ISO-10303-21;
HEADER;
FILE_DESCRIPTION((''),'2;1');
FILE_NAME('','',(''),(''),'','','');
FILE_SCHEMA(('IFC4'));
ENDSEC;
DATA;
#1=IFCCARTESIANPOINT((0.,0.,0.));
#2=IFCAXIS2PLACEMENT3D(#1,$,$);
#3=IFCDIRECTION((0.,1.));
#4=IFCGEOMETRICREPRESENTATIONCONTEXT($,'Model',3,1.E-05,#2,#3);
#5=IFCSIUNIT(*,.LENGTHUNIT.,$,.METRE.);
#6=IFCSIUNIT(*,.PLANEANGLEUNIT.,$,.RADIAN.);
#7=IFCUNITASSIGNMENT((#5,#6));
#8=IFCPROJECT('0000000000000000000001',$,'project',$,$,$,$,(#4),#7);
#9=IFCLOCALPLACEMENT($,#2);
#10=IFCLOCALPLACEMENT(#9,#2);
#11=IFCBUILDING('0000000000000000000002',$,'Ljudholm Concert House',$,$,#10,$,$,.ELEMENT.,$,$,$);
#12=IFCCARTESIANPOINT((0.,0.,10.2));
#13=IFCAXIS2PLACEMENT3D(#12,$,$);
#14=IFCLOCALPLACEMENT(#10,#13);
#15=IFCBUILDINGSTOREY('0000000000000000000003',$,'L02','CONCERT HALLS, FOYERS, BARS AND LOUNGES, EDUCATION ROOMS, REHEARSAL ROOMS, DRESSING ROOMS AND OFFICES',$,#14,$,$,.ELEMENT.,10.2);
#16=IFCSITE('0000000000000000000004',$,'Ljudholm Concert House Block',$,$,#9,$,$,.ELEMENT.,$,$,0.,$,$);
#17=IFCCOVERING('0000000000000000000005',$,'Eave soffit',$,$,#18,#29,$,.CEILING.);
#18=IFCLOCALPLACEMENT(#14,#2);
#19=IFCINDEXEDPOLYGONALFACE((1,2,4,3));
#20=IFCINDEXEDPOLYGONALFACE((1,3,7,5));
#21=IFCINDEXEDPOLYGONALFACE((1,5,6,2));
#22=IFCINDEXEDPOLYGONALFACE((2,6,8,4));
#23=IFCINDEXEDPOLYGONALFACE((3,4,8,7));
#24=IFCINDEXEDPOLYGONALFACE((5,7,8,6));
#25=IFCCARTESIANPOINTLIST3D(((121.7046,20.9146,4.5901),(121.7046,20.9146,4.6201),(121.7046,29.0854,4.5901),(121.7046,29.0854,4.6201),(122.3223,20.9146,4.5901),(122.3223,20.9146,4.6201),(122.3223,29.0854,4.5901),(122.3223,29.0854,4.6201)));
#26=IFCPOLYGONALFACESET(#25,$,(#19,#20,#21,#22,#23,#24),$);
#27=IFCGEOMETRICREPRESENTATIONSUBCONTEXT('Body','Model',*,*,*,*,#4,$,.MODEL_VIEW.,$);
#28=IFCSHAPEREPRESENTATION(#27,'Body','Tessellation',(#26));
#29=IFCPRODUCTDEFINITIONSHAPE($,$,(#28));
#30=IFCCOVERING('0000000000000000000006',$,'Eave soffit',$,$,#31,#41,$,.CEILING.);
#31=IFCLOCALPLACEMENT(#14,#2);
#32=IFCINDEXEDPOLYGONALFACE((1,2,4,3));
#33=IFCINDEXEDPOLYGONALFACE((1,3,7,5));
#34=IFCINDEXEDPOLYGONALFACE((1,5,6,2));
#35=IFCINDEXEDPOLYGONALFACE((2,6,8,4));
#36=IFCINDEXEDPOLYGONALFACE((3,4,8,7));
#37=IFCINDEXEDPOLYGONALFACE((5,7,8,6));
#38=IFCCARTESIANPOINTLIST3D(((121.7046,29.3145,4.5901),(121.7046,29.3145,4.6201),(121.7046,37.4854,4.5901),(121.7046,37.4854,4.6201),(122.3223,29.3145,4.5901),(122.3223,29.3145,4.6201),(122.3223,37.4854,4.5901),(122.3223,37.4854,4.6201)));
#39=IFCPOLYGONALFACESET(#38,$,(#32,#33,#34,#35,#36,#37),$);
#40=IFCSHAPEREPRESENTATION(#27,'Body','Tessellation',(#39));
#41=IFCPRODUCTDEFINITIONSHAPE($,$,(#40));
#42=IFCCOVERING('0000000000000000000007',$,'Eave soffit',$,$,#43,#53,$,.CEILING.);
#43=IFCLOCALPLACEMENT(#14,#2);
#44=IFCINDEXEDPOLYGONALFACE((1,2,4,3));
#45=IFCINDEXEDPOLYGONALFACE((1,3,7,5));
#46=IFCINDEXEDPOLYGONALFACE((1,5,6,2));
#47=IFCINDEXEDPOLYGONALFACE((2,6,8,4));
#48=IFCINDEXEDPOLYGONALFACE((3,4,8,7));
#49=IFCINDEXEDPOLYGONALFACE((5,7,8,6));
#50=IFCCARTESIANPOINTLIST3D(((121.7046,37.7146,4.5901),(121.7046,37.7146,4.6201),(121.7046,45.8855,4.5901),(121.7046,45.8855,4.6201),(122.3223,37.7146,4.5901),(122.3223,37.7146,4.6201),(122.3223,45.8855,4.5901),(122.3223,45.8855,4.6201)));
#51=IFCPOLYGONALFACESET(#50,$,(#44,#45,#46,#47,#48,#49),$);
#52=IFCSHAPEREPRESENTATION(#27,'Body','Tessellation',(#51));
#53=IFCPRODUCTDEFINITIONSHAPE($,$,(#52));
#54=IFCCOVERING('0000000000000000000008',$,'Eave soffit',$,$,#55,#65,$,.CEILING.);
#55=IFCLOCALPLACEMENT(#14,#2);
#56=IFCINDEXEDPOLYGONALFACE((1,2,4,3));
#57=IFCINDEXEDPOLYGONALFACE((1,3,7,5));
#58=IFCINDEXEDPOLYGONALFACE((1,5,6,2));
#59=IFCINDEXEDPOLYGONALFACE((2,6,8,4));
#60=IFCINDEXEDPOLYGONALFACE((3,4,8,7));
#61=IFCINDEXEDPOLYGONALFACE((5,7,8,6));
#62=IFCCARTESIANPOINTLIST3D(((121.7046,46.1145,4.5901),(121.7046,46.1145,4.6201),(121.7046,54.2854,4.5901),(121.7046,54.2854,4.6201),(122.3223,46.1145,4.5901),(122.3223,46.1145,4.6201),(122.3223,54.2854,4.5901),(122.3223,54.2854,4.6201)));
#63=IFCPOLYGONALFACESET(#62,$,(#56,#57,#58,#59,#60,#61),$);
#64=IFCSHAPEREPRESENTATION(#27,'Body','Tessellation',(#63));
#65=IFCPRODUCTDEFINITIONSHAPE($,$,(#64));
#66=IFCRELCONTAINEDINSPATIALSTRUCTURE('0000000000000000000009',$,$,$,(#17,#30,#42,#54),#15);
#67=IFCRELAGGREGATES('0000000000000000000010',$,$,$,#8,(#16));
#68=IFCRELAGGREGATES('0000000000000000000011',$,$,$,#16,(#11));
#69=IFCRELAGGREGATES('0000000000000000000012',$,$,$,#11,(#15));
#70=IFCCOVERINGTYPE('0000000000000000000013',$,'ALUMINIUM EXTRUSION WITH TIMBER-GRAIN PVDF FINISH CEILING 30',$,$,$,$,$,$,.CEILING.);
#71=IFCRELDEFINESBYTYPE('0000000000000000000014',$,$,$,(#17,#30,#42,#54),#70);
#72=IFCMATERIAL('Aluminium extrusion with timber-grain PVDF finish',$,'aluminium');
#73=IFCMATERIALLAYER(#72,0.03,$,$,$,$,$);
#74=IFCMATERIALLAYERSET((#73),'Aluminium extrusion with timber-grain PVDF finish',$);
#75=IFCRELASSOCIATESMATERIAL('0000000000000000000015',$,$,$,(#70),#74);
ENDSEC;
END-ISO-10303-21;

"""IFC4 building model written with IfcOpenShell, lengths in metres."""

from ifc_helpers import new_model, si_unit, direction, frame, origin, place, context, subcontext, project, spatial, polyline, outline, extrude, material, layer, layer_set, type_object, element, save


model = new_model("IFC4")

# Units and contexts
model_context = context("Model", 3, precision=1e-05, world=origin(), true_north=direction((0.0, 1.0)))
body_context = subcontext(model_context, "Body", "Model", "MODEL_VIEW")
ifc_project = project(units=[si_unit("LENGTHUNIT", "METRE"), si_unit("PLANEANGLEUNIT", "RADIAN")], contexts=[model_context])

# Site, building, storey
site_placement = place(None, origin())
site = spatial("IfcSite", under=ifc_project, at=site_placement, Name="Ljudholm Concert House Block", CompositionType="ELEMENT", RefElevation=0.0)
building_placement = place(site_placement, origin())
building = spatial("IfcBuilding", under=site, at=building_placement, Name="Ljudholm Concert House", CompositionType="ELEMENT")
storey_placement = place(building_placement, frame((0.0, 0.0, 10.2)))
storey = spatial("IfcBuildingStorey", under=building, at=storey_placement, Name="L02", Description="CONCERT HALLS, FOYERS, BARS AND LOUNGES, EDUCATION ROOMS, REHEARSAL ROOMS, DRESSING ROOMS AND OFFICES", CompositionType="ELEMENT", Elevation=10.2)

# Coverings
ifc_material_1 = material(Name="Aluminium extrusion with timber-grain PVDF finish", Category="aluminium")
ifc_layer_1 = layer(ifc_material_1, 0.03)
ifc_layer_set_1 = layer_set([ifc_layer_1], Name="Aluminium extrusion with timber-grain PVDF finish")
covering_type = type_object("IfcCoveringType", Name="ALUMINIUM EXTRUSION WITH TIMBER-GRAIN PVDF FINISH CEILING 30", PredefinedType="CEILING", material=ifc_layer_set_1)
covering_1_placement = place(storey_placement, frame((0.0, 0.0, 4.5901)))
element("IfcCovering", 1, at=covering_1_placement, inside=storey, type_object=covering_type, Name="Eave soffit", PredefinedType="CEILING", context=body_context, shape_type="SweptSolid", body=[
    extrude(outline(polyline([(121.7046, 20.9146), (122.3223, 20.9146), (122.3223, 29.0854), (121.7046, 29.0854), (121.7046, 20.9146)])), origin(), (0.0, 0.0, 1.0), 0.03),
])
covering_2_placement = place(storey_placement, frame((0.0, 0.0, 4.5901)))
element("IfcCovering", 2, at=covering_2_placement, inside=storey, type_object=covering_type, Name="Eave soffit", PredefinedType="CEILING", context=body_context, shape_type="SweptSolid", body=[
    extrude(outline(polyline([(121.7046, 29.3145), (122.3223, 29.3145), (122.3223, 37.4854), (121.7046, 37.4854), (121.7046, 29.3145)])), origin(), (0.0, 0.0, 1.0), 0.03),
])
covering_3_placement = place(storey_placement, frame((0.0, 0.0, 4.5901)))
element("IfcCovering", 3, at=covering_3_placement, inside=storey, type_object=covering_type, Name="Eave soffit", PredefinedType="CEILING", context=body_context, shape_type="SweptSolid", body=[
    extrude(outline(polyline([(121.7046, 37.7146), (122.3223, 37.7146), (122.3223, 45.8855), (121.7046, 45.8855), (121.7046, 37.7146)])), origin(), (0.0, 0.0, 1.0), 0.03),
])
covering_4_placement = place(storey_placement, frame((0.0, 0.0, 4.5901)))
element("IfcCovering", 4, at=covering_4_placement, inside=storey, type_object=covering_type, Name="Eave soffit", PredefinedType="CEILING", context=body_context, shape_type="SweptSolid", body=[
    extrude(outline(polyline([(121.7046, 46.1145), (122.3223, 46.1145), (122.3223, 54.2854), (121.7046, 54.2854), (121.7046, 46.1145)])), origin(), (0.0, 0.0, 1.0), 0.03),
])

save(model, "model.ifc")
